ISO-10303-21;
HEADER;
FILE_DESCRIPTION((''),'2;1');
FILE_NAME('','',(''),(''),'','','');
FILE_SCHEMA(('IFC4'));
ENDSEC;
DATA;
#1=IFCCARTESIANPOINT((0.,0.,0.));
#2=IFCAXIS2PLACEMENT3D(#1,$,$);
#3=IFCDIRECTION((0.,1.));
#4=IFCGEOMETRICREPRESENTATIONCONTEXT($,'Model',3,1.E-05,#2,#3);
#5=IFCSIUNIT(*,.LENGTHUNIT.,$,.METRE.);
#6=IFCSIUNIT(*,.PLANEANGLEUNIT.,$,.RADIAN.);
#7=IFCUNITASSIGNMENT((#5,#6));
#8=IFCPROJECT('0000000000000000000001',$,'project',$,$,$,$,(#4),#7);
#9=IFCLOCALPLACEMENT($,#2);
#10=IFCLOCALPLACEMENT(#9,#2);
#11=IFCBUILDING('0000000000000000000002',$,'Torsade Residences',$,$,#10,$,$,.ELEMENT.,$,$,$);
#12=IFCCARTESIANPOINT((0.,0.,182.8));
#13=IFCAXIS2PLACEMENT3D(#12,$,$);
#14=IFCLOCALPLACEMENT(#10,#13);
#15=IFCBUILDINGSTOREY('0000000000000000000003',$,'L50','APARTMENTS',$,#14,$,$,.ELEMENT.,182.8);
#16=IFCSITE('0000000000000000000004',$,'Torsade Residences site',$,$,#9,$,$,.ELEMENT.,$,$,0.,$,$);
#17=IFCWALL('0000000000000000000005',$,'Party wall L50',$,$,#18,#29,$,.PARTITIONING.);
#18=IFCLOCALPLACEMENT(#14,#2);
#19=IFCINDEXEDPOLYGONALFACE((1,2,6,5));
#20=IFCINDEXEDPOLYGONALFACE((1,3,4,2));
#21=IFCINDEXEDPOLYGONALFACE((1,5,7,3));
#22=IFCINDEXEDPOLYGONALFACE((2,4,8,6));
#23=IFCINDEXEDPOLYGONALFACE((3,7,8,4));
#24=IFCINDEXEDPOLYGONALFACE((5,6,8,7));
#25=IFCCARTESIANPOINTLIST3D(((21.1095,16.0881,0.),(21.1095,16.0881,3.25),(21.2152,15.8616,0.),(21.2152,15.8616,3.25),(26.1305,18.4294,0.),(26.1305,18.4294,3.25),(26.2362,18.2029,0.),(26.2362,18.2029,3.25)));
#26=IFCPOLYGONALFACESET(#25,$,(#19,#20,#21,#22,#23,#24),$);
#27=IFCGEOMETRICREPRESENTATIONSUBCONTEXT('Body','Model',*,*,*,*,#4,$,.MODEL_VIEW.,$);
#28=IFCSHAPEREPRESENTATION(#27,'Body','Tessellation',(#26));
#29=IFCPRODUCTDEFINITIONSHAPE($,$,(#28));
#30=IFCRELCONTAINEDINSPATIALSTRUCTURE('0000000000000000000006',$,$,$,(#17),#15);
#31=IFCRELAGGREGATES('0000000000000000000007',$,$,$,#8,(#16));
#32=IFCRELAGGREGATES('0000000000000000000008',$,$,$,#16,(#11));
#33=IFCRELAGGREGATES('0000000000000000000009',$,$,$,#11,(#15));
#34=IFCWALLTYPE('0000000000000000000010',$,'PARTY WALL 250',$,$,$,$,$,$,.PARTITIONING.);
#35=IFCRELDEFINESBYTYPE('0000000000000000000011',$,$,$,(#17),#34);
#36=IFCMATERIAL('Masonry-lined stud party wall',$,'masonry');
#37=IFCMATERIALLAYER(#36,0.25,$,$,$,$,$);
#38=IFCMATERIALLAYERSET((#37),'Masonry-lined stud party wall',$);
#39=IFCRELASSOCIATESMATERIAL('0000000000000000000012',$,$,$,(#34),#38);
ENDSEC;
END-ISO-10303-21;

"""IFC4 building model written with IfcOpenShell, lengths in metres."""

from ifc_helpers import new_model, si_unit, direction, frame, frame_2d, origin, place, context, subcontext, project, spatial, rectangle, extrude, material, layer, layer_set, type_object, element, save


model = new_model("IFC4")

# Units and contexts
model_context = context("Model", 3, precision=1e-05, world=origin(), true_north=direction((0.0, 1.0)))
body_context = subcontext(model_context, "Body", "Model", "MODEL_VIEW")
ifc_project = project(units=[si_unit("LENGTHUNIT", "METRE"), si_unit("PLANEANGLEUNIT", "RADIAN")], contexts=[model_context])

# Site, building, storey
site_placement = place(None, origin())
site = spatial("IfcSite", under=ifc_project, at=site_placement, Name="Torsade Residences site", CompositionType="ELEMENT", RefElevation=0.0)
building_placement = place(site_placement, origin())
building = spatial("IfcBuilding", under=site, at=building_placement, Name="Torsade Residences", CompositionType="ELEMENT")
storey_placement = place(building_placement, frame((0.0, 0.0, 182.8)))
storey = spatial("IfcBuildingStorey", under=building, at=storey_placement, Name="L50", Description="APARTMENTS", CompositionType="ELEMENT", Elevation=182.8)

# Wall
ifc_material_1 = material(Name="Masonry-lined stud party wall", Category="masonry")
ifc_layer_1 = layer(ifc_material_1, 0.25)
ifc_layer_set_1 = layer_set([ifc_layer_1], Name="Masonry-lined stud party wall")
wall_type_1 = type_object("IfcWallType", Name="PARTY WALL 250", PredefinedType="PARTITIONING", material=ifc_layer_set_1)
wall_1_placement = place(storey_placement, frame((21.1624, 15.9749, 0.0), z_axis=(0.0, 0.0, 1.0), x_axis=(0.906309, 0.422615, 0.0)))
element("IfcWall", 1, at=wall_1_placement, inside=storey, type_object=wall_type_1, Name="Party wall L50", PredefinedType="PARTITIONING", context=body_context, shape_type="SweptSolid", body=[
    extrude(rectangle(XDim=5.54, YDim=0.25, at=frame_2d((2.77, 0.0))), origin(), (0.0, 0.0, 1.0), 3.25),
])

save(model, "model.ifc")
